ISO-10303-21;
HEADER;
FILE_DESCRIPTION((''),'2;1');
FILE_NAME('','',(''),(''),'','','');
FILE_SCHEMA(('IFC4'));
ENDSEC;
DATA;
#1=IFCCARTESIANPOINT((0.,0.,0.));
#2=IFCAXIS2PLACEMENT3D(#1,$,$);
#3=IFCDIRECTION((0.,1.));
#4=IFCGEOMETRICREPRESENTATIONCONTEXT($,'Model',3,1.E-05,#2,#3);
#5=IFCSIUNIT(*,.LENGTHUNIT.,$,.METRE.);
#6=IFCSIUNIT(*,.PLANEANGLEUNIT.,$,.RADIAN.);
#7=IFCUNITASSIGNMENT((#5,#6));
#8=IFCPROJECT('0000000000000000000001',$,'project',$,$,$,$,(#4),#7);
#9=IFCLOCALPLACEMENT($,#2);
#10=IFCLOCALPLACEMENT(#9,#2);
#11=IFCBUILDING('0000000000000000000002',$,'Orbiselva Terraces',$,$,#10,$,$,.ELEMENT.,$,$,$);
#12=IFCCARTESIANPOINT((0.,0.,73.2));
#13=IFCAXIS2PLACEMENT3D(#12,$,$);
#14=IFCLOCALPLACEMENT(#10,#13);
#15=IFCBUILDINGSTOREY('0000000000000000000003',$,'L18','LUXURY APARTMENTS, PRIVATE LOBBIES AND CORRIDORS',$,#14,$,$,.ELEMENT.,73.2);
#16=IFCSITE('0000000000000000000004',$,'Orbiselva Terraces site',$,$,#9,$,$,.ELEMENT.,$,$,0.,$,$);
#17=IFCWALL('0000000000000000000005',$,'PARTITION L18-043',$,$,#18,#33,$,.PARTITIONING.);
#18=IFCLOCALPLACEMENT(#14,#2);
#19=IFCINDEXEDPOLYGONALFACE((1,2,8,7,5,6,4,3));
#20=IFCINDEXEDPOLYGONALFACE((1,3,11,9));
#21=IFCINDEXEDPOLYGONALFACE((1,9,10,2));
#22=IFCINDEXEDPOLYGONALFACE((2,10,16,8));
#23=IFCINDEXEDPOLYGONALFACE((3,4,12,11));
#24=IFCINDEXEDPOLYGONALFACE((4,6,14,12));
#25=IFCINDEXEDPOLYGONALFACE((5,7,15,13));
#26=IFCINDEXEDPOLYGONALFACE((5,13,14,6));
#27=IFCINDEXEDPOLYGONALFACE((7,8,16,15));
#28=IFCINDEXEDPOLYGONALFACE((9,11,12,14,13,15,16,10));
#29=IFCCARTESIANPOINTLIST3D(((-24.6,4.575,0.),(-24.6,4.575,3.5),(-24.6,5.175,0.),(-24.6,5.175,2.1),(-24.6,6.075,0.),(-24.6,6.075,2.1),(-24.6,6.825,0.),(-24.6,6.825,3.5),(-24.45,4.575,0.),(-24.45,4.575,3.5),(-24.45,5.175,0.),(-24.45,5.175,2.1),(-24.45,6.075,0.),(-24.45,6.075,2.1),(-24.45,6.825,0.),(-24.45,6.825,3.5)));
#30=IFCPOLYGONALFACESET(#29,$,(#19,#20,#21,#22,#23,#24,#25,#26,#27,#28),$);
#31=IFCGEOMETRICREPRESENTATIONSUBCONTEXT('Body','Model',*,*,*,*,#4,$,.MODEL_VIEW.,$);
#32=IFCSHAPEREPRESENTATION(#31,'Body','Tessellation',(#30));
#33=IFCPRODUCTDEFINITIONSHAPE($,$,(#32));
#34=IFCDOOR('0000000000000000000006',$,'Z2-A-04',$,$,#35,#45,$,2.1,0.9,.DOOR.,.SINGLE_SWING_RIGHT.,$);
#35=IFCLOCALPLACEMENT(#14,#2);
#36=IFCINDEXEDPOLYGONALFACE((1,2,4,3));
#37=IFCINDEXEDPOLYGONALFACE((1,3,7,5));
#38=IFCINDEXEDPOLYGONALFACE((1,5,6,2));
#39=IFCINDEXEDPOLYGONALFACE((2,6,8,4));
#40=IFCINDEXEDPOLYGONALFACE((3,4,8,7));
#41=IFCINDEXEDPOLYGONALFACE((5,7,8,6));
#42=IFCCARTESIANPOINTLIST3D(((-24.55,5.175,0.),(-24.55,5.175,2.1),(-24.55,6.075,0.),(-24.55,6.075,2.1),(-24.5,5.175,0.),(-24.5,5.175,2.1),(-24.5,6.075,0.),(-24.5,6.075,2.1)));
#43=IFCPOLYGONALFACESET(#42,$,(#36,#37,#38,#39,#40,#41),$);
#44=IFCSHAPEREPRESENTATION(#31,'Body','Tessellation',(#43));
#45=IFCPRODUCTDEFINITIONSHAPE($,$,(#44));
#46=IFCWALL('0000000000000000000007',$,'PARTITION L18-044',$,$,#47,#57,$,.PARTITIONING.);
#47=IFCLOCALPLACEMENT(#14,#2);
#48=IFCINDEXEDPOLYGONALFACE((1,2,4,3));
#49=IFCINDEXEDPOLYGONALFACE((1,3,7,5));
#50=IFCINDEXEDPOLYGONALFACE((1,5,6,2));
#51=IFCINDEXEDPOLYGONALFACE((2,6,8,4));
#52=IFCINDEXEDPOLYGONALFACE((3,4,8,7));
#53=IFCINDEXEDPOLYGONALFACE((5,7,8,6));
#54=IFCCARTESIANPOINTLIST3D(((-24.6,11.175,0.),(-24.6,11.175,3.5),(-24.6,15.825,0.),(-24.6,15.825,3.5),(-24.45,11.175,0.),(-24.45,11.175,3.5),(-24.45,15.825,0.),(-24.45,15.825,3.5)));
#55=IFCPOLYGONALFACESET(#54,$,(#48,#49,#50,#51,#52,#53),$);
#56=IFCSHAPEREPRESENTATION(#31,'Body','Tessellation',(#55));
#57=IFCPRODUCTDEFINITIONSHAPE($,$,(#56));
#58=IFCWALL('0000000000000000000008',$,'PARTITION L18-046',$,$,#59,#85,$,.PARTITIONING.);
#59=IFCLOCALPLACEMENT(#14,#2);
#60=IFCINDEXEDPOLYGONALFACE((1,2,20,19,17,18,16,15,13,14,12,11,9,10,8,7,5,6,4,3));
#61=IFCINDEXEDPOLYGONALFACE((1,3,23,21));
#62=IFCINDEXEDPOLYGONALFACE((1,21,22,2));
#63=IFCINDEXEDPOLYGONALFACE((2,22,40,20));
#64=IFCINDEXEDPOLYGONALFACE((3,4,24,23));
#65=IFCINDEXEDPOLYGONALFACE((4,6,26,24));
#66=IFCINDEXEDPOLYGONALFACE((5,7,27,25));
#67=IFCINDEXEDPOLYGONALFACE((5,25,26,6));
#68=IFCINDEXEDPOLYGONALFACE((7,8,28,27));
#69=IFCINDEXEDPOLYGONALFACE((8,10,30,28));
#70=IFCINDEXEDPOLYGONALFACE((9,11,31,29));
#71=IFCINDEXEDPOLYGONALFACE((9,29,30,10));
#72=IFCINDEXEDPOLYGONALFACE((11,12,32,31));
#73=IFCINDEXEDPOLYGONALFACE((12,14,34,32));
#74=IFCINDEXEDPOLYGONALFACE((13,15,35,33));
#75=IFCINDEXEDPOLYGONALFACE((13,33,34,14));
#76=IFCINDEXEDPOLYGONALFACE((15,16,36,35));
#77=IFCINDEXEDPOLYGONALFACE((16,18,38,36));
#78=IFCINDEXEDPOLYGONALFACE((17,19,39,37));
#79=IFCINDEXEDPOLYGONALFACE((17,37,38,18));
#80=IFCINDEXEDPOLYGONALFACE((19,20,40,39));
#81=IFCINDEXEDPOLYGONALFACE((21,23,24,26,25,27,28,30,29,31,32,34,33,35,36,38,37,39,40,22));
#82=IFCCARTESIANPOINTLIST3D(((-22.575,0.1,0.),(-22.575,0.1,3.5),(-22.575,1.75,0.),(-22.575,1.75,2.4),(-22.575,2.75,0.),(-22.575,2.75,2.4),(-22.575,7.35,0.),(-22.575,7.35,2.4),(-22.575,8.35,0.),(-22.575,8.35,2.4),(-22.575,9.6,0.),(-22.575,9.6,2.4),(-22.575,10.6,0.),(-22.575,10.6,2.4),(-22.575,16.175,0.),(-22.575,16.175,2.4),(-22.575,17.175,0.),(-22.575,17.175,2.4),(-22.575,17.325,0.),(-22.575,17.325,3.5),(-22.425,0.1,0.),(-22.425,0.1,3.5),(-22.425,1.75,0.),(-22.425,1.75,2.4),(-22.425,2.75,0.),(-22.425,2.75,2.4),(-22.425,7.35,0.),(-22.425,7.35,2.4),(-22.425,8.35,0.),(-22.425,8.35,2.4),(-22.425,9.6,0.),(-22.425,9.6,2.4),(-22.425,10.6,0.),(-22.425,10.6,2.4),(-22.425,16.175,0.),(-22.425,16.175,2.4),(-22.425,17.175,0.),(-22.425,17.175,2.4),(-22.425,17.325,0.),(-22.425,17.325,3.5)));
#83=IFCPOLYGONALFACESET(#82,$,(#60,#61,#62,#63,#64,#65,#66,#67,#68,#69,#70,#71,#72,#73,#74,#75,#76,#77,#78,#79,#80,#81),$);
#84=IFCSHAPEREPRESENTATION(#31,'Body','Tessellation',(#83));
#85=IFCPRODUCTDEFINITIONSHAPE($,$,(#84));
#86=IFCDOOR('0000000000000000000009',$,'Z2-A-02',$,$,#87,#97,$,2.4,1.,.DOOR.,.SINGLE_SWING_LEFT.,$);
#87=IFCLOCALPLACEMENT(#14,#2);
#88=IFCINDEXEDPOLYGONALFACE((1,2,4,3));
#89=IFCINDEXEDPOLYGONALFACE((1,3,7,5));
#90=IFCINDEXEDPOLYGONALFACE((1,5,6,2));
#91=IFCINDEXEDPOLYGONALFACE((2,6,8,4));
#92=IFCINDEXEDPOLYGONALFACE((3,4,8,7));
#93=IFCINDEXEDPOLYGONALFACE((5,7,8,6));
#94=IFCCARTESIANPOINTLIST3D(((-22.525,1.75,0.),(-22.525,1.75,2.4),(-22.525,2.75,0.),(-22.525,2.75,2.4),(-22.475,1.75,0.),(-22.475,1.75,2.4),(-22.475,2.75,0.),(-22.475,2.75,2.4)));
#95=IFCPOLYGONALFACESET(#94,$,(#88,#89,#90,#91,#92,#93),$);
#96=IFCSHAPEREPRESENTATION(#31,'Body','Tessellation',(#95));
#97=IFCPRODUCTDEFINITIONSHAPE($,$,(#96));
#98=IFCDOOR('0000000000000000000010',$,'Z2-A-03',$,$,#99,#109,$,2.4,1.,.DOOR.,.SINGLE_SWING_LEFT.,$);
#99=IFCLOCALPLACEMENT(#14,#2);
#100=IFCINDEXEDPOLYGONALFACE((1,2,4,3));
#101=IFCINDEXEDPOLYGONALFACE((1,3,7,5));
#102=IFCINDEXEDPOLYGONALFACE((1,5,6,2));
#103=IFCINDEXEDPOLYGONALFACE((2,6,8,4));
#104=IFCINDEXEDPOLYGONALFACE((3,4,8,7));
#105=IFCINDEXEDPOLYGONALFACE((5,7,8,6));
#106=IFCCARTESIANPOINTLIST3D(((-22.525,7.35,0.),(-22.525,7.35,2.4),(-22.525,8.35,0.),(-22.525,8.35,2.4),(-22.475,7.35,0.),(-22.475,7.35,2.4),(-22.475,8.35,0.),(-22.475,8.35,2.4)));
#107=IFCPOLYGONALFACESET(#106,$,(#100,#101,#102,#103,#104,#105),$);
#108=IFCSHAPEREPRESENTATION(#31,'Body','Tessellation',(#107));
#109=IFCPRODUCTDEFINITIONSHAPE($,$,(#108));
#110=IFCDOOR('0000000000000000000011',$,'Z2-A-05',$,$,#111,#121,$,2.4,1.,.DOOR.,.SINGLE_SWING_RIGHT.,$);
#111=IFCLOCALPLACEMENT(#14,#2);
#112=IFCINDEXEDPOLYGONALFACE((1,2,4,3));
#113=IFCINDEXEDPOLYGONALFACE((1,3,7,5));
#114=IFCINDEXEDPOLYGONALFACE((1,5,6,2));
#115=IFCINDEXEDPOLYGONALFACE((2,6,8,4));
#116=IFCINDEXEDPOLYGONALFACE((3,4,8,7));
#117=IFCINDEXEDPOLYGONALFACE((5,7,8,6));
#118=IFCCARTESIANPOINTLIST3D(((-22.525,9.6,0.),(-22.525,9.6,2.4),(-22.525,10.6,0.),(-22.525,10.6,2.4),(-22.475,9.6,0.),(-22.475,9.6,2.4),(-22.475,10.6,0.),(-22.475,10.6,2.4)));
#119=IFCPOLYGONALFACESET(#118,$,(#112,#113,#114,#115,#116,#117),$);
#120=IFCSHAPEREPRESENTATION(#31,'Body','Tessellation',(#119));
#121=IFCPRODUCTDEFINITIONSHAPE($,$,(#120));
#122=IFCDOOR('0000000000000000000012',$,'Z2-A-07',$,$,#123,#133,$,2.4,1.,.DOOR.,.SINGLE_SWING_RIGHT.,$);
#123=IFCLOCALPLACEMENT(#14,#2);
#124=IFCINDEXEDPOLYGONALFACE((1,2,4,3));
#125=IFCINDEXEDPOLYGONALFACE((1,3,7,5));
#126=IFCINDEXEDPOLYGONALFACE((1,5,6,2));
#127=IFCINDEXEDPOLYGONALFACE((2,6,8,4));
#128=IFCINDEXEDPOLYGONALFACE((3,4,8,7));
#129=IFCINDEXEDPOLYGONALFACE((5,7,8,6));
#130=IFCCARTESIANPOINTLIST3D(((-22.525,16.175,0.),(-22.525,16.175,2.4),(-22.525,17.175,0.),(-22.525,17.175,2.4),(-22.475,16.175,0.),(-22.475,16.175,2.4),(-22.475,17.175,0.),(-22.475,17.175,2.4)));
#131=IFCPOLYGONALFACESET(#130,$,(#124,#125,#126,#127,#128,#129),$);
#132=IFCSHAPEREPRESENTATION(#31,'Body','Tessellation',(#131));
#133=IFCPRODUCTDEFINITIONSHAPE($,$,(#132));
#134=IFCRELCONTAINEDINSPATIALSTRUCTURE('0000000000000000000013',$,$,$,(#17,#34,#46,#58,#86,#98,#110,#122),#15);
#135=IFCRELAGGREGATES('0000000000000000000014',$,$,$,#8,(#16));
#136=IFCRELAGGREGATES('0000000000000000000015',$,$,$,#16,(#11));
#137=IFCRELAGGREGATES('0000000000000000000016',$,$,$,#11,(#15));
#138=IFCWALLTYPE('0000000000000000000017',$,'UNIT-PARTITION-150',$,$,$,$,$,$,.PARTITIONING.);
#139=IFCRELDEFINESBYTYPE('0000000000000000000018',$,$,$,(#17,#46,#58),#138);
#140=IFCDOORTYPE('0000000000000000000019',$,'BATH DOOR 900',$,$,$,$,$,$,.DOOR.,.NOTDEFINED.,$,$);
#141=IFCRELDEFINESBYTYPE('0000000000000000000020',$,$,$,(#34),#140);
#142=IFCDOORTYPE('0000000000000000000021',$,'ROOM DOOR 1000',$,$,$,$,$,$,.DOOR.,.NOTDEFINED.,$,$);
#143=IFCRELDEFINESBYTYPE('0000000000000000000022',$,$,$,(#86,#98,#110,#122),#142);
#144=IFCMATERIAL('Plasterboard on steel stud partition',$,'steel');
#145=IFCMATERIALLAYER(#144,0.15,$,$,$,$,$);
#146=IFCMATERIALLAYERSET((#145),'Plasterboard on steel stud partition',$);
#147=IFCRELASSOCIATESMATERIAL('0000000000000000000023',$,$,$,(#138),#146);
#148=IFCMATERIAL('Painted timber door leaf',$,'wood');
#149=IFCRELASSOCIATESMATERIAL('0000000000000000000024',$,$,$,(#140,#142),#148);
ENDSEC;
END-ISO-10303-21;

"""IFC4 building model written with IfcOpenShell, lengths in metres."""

from ifc_helpers import new_model, si_unit, direction, frame, frame_2d, origin, place, context, subcontext, project, spatial, rectangle, extrude, material, layer, layer_set, type_object, element, fill, save


model = new_model("IFC4")

# Units and contexts
model_context = context("Model", 3, precision=1e-05, world=origin(), true_north=direction((0.0, 1.0)))
body_context = subcontext(model_context, "Body", "Model", "MODEL_VIEW")
ifc_project = project(units=[si_unit("LENGTHUNIT", "METRE"), si_unit("PLANEANGLEUNIT", "RADIAN")], contexts=[model_context])

# Site, building, storey
site_placement = place(None, origin())
site = spatial("IfcSite", under=ifc_project, at=site_placement, Name="Orbiselva Terraces site", CompositionType="ELEMENT", RefElevation=0.0)
building_placement = place(site_placement, origin())
building = spatial("IfcBuilding", under=site, at=building_placement, Name="Orbiselva Terraces", CompositionType="ELEMENT")
storey_placement = place(building_placement, frame((0.0, 0.0, 73.2)))
storey = spatial("IfcBuildingStorey", under=building, at=storey_placement, Name="L18", Description="LUXURY APARTMENTS, PRIVATE LOBBIES AND CORRIDORS", CompositionType="ELEMENT", Elevation=73.2)

# Shared definitions
ifc_material_1 = material(Name="Plasterboard on steel stud partition", Category="steel")
ifc_layer_1 = layer(ifc_material_1, 0.15)
ifc_layer_set_1 = layer_set([ifc_layer_1], Name="Plasterboard on steel stud partition")
wall_type_1 = type_object("IfcWallType", Name="UNIT-PARTITION-150", PredefinedType="PARTITIONING", material=ifc_layer_set_1)

# Shared definitions
ifc_material_2 = material(Name="Painted timber door leaf", Category="wood")
door_type_1 = type_object("IfcDoorType", Name="BATH DOOR 900", OperationType="NOTDEFINED", PredefinedType="DOOR", material=ifc_material_2)

# Wall, opening, door
wall_1_placement = place(storey_placement, frame((-24.525, 6.825, 0.0), z_axis=(0.0, 0.0, 1.0), x_axis=(0.0, -1.0, 0.0)))
wall_1 = element("IfcWall", 1, at=wall_1_placement, inside=storey, type_object=wall_type_1, Name="PARTITION L18-043", PredefinedType="PARTITIONING", context=body_context, shape_type="SweptSolid", body=[
    extrude(rectangle(XDim=2.25, YDim=0.15, at=frame_2d((1.125, 0.0))), origin(), (0.0, 0.0, 1.0), 3.5),
])
opening_1_placement = place(wall_1_placement, frame((0.75, 0.0, 0.0)))
opening_1 = element("IfcOpeningElement", 2, at=opening_1_placement, cuts=wall_1, PredefinedType="OPENING", context=body_context, shape_type="SweptSolid", body=[
    extrude(rectangle(XDim=0.9, YDim=2.1, at=frame_2d((0.45, 1.05))), frame((0.0, 0.085, 0.0), z_axis=(0.0, -1.0, 0.0), x_axis=(1.0, 0.0, 0.0)), (0.0, 0.0, 1.0), 0.17),
])
door_1_placement = place(opening_1_placement, origin())
door_1 = element("IfcDoor", 3, at=door_1_placement, inside=storey, type_object=door_type_1, Name="Z2-A-04", OperationType="SINGLE_SWING_RIGHT", OverallHeight=2.1, OverallWidth=0.9, PredefinedType="DOOR", context=body_context, shape_type="SweptSolid", body=[
    extrude(rectangle(XDim=0.9, YDim=2.1, at=frame_2d((0.45, 1.05))), frame((0.0, 0.025, 0.0), z_axis=(0.0, -1.0, 0.0), x_axis=(1.0, 0.0, 0.0)), (0.0, 0.0, 1.0), 0.05),
])
fill(opening_1, door_1)

# Wall
wall_2_placement = place(storey_placement, frame((-24.525, 11.175, 0.0), z_axis=(0.0, 0.0, 1.0), x_axis=(0.0, 1.0, 0.0)))
element("IfcWall", 4, at=wall_2_placement, inside=storey, type_object=wall_type_1, Name="PARTITION L18-044", PredefinedType="PARTITIONING", context=body_context, shape_type="SweptSolid", body=[
    extrude(rectangle(XDim=4.65, YDim=0.15, at=frame_2d((2.325, 0.0))), origin(), (0.0, 0.0, 1.0), 3.5),
])

# Wall, openings, doors
wall_3_placement = place(storey_placement, frame((-22.5, 0.1, 0.0), z_axis=(0.0, 0.0, 1.0), x_axis=(0.0, 1.0, 0.0)))
wall_3 = element("IfcWall", 5, at=wall_3_placement, inside=storey, type_object=wall_type_1, Name="PARTITION L18-046", PredefinedType="PARTITIONING", context=body_context, shape_type="SweptSolid", body=[
    extrude(rectangle(XDim=17.225, YDim=0.15, at=frame_2d((8.6125, 0.0))), origin(), (0.0, 0.0, 1.0), 3.5),
])
opening_2_placement = place(wall_3_placement, frame((1.65, 0.0, 0.0)))
opening_2 = element("IfcOpeningElement", 6, at=opening_2_placement, cuts=wall_3, PredefinedType="OPENING", context=body_context, shape_type="SweptSolid", body=[
    extrude(rectangle(XDim=1.0, YDim=2.4, at=frame_2d((0.5, 1.2))), frame((0.0, 0.085, 0.0), z_axis=(0.0, -1.0, 0.0), x_axis=(1.0, 0.0, 0.0)), (0.0, 0.0, 1.0), 0.17),
])
opening_3_placement = place(wall_3_placement, frame((7.25, 0.0, 0.0)))
opening_3 = element("IfcOpeningElement", 7, at=opening_3_placement, cuts=wall_3, PredefinedType="OPENING", context=body_context, shape_type="SweptSolid", body=[
    extrude(rectangle(XDim=1.0, YDim=2.4, at=frame_2d((0.5, 1.2))), frame((0.0, 0.085, 0.0), z_axis=(0.0, -1.0, 0.0), x_axis=(1.0, 0.0, 0.0)), (0.0, 0.0, 1.0), 0.17),
])
opening_4_placement = place(wall_3_placement, frame((9.5, 0.0, 0.0)))
opening_4 = element("IfcOpeningElement", 8, at=opening_4_placement, cuts=wall_3, PredefinedType="OPENING", context=body_context, shape_type="SweptSolid", body=[
    extrude(rectangle(XDim=1.0, YDim=2.4, at=frame_2d((0.5, 1.2))), frame((0.0, 0.085, 0.0), z_axis=(0.0, -1.0, 0.0), x_axis=(1.0, 0.0, 0.0)), (0.0, 0.0, 1.0), 0.17),
])
opening_5_placement = place(wall_3_placement, frame((16.075, 0.0, 0.0)))
opening_5 = element("IfcOpeningElement", 9, at=opening_5_placement, cuts=wall_3, PredefinedType="OPENING", context=body_context, shape_type="SweptSolid", body=[
    extrude(rectangle(XDim=1.0, YDim=2.4, at=frame_2d((0.5, 1.2))), frame((0.0, 0.085, 0.0), z_axis=(0.0, -1.0, 0.0), x_axis=(1.0, 0.0, 0.0)), (0.0, 0.0, 1.0), 0.17),
])
door_type_2 = type_object("IfcDoorType", Name="ROOM DOOR 1000", OperationType="NOTDEFINED", PredefinedType="DOOR", material=ifc_material_2)
door_2_placement = place(opening_2_placement, origin())
door_2 = element("IfcDoor", 10, at=door_2_placement, inside=storey, type_object=door_type_2, Name="Z2-A-02", OperationType="SINGLE_SWING_LEFT", OverallHeight=2.4, OverallWidth=1.0, PredefinedType="DOOR", context=body_context, shape_type="SweptSolid", body=[
    extrude(rectangle(XDim=1.0, YDim=2.4, at=frame_2d((0.5, 1.2))), frame((0.0, 0.025, 0.0), z_axis=(0.0, -1.0, 0.0), x_axis=(1.0, 0.0, 0.0)), (0.0, 0.0, 1.0), 0.05),
])
fill(opening_2, door_2)
door_3_placement = place(opening_3_placement, origin())
door_3 = element("IfcDoor", 11, at=door_3_placement, inside=storey, type_object=door_type_2, Name="Z2-A-03", OperationType="SINGLE_SWING_LEFT", OverallHeight=2.4, OverallWidth=1.0, PredefinedType="DOOR", context=body_context, shape_type="SweptSolid", body=[
    extrude(rectangle(XDim=1.0, YDim=2.4, at=frame_2d((0.5, 1.2))), frame((0.0, 0.025, 0.0), z_axis=(0.0, -1.0, 0.0), x_axis=(1.0, 0.0, 0.0)), (0.0, 0.0, 1.0), 0.05),
])
fill(opening_3, door_3)
door_4_placement = place(opening_4_placement, origin())
door_4 = element("IfcDoor", 12, at=door_4_placement, inside=storey, type_object=door_type_2, Name="Z2-A-05", OperationType="SINGLE_SWING_RIGHT", OverallHeight=2.4, OverallWidth=1.0, PredefinedType="DOOR", context=body_context, shape_type="SweptSolid", body=[
    extrude(rectangle(XDim=1.0, YDim=2.4, at=frame_2d((0.5, 1.2))), frame((0.0, 0.025, 0.0), z_axis=(0.0, -1.0, 0.0), x_axis=(1.0, 0.0, 0.0)), (0.0, 0.0, 1.0), 0.05),
])
fill(opening_4, door_4)
door_5_placement = place(opening_5_placement, origin())
door_5 = element("IfcDoor", 13, at=door_5_placement, inside=storey, type_object=door_type_2, Name="Z2-A-07", OperationType="SINGLE_SWING_RIGHT", OverallHeight=2.4, OverallWidth=1.0, PredefinedType="DOOR", context=body_context, shape_type="SweptSolid", body=[
    extrude(rectangle(XDim=1.0, YDim=2.4, at=frame_2d((0.5, 1.2))), frame((0.0, 0.025, 0.0), z_axis=(0.0, -1.0, 0.0), x_axis=(1.0, 0.0, 0.0)), (0.0, 0.0, 1.0), 0.05),
])
fill(opening_5, door_5)

save(model, "model.ifc")
